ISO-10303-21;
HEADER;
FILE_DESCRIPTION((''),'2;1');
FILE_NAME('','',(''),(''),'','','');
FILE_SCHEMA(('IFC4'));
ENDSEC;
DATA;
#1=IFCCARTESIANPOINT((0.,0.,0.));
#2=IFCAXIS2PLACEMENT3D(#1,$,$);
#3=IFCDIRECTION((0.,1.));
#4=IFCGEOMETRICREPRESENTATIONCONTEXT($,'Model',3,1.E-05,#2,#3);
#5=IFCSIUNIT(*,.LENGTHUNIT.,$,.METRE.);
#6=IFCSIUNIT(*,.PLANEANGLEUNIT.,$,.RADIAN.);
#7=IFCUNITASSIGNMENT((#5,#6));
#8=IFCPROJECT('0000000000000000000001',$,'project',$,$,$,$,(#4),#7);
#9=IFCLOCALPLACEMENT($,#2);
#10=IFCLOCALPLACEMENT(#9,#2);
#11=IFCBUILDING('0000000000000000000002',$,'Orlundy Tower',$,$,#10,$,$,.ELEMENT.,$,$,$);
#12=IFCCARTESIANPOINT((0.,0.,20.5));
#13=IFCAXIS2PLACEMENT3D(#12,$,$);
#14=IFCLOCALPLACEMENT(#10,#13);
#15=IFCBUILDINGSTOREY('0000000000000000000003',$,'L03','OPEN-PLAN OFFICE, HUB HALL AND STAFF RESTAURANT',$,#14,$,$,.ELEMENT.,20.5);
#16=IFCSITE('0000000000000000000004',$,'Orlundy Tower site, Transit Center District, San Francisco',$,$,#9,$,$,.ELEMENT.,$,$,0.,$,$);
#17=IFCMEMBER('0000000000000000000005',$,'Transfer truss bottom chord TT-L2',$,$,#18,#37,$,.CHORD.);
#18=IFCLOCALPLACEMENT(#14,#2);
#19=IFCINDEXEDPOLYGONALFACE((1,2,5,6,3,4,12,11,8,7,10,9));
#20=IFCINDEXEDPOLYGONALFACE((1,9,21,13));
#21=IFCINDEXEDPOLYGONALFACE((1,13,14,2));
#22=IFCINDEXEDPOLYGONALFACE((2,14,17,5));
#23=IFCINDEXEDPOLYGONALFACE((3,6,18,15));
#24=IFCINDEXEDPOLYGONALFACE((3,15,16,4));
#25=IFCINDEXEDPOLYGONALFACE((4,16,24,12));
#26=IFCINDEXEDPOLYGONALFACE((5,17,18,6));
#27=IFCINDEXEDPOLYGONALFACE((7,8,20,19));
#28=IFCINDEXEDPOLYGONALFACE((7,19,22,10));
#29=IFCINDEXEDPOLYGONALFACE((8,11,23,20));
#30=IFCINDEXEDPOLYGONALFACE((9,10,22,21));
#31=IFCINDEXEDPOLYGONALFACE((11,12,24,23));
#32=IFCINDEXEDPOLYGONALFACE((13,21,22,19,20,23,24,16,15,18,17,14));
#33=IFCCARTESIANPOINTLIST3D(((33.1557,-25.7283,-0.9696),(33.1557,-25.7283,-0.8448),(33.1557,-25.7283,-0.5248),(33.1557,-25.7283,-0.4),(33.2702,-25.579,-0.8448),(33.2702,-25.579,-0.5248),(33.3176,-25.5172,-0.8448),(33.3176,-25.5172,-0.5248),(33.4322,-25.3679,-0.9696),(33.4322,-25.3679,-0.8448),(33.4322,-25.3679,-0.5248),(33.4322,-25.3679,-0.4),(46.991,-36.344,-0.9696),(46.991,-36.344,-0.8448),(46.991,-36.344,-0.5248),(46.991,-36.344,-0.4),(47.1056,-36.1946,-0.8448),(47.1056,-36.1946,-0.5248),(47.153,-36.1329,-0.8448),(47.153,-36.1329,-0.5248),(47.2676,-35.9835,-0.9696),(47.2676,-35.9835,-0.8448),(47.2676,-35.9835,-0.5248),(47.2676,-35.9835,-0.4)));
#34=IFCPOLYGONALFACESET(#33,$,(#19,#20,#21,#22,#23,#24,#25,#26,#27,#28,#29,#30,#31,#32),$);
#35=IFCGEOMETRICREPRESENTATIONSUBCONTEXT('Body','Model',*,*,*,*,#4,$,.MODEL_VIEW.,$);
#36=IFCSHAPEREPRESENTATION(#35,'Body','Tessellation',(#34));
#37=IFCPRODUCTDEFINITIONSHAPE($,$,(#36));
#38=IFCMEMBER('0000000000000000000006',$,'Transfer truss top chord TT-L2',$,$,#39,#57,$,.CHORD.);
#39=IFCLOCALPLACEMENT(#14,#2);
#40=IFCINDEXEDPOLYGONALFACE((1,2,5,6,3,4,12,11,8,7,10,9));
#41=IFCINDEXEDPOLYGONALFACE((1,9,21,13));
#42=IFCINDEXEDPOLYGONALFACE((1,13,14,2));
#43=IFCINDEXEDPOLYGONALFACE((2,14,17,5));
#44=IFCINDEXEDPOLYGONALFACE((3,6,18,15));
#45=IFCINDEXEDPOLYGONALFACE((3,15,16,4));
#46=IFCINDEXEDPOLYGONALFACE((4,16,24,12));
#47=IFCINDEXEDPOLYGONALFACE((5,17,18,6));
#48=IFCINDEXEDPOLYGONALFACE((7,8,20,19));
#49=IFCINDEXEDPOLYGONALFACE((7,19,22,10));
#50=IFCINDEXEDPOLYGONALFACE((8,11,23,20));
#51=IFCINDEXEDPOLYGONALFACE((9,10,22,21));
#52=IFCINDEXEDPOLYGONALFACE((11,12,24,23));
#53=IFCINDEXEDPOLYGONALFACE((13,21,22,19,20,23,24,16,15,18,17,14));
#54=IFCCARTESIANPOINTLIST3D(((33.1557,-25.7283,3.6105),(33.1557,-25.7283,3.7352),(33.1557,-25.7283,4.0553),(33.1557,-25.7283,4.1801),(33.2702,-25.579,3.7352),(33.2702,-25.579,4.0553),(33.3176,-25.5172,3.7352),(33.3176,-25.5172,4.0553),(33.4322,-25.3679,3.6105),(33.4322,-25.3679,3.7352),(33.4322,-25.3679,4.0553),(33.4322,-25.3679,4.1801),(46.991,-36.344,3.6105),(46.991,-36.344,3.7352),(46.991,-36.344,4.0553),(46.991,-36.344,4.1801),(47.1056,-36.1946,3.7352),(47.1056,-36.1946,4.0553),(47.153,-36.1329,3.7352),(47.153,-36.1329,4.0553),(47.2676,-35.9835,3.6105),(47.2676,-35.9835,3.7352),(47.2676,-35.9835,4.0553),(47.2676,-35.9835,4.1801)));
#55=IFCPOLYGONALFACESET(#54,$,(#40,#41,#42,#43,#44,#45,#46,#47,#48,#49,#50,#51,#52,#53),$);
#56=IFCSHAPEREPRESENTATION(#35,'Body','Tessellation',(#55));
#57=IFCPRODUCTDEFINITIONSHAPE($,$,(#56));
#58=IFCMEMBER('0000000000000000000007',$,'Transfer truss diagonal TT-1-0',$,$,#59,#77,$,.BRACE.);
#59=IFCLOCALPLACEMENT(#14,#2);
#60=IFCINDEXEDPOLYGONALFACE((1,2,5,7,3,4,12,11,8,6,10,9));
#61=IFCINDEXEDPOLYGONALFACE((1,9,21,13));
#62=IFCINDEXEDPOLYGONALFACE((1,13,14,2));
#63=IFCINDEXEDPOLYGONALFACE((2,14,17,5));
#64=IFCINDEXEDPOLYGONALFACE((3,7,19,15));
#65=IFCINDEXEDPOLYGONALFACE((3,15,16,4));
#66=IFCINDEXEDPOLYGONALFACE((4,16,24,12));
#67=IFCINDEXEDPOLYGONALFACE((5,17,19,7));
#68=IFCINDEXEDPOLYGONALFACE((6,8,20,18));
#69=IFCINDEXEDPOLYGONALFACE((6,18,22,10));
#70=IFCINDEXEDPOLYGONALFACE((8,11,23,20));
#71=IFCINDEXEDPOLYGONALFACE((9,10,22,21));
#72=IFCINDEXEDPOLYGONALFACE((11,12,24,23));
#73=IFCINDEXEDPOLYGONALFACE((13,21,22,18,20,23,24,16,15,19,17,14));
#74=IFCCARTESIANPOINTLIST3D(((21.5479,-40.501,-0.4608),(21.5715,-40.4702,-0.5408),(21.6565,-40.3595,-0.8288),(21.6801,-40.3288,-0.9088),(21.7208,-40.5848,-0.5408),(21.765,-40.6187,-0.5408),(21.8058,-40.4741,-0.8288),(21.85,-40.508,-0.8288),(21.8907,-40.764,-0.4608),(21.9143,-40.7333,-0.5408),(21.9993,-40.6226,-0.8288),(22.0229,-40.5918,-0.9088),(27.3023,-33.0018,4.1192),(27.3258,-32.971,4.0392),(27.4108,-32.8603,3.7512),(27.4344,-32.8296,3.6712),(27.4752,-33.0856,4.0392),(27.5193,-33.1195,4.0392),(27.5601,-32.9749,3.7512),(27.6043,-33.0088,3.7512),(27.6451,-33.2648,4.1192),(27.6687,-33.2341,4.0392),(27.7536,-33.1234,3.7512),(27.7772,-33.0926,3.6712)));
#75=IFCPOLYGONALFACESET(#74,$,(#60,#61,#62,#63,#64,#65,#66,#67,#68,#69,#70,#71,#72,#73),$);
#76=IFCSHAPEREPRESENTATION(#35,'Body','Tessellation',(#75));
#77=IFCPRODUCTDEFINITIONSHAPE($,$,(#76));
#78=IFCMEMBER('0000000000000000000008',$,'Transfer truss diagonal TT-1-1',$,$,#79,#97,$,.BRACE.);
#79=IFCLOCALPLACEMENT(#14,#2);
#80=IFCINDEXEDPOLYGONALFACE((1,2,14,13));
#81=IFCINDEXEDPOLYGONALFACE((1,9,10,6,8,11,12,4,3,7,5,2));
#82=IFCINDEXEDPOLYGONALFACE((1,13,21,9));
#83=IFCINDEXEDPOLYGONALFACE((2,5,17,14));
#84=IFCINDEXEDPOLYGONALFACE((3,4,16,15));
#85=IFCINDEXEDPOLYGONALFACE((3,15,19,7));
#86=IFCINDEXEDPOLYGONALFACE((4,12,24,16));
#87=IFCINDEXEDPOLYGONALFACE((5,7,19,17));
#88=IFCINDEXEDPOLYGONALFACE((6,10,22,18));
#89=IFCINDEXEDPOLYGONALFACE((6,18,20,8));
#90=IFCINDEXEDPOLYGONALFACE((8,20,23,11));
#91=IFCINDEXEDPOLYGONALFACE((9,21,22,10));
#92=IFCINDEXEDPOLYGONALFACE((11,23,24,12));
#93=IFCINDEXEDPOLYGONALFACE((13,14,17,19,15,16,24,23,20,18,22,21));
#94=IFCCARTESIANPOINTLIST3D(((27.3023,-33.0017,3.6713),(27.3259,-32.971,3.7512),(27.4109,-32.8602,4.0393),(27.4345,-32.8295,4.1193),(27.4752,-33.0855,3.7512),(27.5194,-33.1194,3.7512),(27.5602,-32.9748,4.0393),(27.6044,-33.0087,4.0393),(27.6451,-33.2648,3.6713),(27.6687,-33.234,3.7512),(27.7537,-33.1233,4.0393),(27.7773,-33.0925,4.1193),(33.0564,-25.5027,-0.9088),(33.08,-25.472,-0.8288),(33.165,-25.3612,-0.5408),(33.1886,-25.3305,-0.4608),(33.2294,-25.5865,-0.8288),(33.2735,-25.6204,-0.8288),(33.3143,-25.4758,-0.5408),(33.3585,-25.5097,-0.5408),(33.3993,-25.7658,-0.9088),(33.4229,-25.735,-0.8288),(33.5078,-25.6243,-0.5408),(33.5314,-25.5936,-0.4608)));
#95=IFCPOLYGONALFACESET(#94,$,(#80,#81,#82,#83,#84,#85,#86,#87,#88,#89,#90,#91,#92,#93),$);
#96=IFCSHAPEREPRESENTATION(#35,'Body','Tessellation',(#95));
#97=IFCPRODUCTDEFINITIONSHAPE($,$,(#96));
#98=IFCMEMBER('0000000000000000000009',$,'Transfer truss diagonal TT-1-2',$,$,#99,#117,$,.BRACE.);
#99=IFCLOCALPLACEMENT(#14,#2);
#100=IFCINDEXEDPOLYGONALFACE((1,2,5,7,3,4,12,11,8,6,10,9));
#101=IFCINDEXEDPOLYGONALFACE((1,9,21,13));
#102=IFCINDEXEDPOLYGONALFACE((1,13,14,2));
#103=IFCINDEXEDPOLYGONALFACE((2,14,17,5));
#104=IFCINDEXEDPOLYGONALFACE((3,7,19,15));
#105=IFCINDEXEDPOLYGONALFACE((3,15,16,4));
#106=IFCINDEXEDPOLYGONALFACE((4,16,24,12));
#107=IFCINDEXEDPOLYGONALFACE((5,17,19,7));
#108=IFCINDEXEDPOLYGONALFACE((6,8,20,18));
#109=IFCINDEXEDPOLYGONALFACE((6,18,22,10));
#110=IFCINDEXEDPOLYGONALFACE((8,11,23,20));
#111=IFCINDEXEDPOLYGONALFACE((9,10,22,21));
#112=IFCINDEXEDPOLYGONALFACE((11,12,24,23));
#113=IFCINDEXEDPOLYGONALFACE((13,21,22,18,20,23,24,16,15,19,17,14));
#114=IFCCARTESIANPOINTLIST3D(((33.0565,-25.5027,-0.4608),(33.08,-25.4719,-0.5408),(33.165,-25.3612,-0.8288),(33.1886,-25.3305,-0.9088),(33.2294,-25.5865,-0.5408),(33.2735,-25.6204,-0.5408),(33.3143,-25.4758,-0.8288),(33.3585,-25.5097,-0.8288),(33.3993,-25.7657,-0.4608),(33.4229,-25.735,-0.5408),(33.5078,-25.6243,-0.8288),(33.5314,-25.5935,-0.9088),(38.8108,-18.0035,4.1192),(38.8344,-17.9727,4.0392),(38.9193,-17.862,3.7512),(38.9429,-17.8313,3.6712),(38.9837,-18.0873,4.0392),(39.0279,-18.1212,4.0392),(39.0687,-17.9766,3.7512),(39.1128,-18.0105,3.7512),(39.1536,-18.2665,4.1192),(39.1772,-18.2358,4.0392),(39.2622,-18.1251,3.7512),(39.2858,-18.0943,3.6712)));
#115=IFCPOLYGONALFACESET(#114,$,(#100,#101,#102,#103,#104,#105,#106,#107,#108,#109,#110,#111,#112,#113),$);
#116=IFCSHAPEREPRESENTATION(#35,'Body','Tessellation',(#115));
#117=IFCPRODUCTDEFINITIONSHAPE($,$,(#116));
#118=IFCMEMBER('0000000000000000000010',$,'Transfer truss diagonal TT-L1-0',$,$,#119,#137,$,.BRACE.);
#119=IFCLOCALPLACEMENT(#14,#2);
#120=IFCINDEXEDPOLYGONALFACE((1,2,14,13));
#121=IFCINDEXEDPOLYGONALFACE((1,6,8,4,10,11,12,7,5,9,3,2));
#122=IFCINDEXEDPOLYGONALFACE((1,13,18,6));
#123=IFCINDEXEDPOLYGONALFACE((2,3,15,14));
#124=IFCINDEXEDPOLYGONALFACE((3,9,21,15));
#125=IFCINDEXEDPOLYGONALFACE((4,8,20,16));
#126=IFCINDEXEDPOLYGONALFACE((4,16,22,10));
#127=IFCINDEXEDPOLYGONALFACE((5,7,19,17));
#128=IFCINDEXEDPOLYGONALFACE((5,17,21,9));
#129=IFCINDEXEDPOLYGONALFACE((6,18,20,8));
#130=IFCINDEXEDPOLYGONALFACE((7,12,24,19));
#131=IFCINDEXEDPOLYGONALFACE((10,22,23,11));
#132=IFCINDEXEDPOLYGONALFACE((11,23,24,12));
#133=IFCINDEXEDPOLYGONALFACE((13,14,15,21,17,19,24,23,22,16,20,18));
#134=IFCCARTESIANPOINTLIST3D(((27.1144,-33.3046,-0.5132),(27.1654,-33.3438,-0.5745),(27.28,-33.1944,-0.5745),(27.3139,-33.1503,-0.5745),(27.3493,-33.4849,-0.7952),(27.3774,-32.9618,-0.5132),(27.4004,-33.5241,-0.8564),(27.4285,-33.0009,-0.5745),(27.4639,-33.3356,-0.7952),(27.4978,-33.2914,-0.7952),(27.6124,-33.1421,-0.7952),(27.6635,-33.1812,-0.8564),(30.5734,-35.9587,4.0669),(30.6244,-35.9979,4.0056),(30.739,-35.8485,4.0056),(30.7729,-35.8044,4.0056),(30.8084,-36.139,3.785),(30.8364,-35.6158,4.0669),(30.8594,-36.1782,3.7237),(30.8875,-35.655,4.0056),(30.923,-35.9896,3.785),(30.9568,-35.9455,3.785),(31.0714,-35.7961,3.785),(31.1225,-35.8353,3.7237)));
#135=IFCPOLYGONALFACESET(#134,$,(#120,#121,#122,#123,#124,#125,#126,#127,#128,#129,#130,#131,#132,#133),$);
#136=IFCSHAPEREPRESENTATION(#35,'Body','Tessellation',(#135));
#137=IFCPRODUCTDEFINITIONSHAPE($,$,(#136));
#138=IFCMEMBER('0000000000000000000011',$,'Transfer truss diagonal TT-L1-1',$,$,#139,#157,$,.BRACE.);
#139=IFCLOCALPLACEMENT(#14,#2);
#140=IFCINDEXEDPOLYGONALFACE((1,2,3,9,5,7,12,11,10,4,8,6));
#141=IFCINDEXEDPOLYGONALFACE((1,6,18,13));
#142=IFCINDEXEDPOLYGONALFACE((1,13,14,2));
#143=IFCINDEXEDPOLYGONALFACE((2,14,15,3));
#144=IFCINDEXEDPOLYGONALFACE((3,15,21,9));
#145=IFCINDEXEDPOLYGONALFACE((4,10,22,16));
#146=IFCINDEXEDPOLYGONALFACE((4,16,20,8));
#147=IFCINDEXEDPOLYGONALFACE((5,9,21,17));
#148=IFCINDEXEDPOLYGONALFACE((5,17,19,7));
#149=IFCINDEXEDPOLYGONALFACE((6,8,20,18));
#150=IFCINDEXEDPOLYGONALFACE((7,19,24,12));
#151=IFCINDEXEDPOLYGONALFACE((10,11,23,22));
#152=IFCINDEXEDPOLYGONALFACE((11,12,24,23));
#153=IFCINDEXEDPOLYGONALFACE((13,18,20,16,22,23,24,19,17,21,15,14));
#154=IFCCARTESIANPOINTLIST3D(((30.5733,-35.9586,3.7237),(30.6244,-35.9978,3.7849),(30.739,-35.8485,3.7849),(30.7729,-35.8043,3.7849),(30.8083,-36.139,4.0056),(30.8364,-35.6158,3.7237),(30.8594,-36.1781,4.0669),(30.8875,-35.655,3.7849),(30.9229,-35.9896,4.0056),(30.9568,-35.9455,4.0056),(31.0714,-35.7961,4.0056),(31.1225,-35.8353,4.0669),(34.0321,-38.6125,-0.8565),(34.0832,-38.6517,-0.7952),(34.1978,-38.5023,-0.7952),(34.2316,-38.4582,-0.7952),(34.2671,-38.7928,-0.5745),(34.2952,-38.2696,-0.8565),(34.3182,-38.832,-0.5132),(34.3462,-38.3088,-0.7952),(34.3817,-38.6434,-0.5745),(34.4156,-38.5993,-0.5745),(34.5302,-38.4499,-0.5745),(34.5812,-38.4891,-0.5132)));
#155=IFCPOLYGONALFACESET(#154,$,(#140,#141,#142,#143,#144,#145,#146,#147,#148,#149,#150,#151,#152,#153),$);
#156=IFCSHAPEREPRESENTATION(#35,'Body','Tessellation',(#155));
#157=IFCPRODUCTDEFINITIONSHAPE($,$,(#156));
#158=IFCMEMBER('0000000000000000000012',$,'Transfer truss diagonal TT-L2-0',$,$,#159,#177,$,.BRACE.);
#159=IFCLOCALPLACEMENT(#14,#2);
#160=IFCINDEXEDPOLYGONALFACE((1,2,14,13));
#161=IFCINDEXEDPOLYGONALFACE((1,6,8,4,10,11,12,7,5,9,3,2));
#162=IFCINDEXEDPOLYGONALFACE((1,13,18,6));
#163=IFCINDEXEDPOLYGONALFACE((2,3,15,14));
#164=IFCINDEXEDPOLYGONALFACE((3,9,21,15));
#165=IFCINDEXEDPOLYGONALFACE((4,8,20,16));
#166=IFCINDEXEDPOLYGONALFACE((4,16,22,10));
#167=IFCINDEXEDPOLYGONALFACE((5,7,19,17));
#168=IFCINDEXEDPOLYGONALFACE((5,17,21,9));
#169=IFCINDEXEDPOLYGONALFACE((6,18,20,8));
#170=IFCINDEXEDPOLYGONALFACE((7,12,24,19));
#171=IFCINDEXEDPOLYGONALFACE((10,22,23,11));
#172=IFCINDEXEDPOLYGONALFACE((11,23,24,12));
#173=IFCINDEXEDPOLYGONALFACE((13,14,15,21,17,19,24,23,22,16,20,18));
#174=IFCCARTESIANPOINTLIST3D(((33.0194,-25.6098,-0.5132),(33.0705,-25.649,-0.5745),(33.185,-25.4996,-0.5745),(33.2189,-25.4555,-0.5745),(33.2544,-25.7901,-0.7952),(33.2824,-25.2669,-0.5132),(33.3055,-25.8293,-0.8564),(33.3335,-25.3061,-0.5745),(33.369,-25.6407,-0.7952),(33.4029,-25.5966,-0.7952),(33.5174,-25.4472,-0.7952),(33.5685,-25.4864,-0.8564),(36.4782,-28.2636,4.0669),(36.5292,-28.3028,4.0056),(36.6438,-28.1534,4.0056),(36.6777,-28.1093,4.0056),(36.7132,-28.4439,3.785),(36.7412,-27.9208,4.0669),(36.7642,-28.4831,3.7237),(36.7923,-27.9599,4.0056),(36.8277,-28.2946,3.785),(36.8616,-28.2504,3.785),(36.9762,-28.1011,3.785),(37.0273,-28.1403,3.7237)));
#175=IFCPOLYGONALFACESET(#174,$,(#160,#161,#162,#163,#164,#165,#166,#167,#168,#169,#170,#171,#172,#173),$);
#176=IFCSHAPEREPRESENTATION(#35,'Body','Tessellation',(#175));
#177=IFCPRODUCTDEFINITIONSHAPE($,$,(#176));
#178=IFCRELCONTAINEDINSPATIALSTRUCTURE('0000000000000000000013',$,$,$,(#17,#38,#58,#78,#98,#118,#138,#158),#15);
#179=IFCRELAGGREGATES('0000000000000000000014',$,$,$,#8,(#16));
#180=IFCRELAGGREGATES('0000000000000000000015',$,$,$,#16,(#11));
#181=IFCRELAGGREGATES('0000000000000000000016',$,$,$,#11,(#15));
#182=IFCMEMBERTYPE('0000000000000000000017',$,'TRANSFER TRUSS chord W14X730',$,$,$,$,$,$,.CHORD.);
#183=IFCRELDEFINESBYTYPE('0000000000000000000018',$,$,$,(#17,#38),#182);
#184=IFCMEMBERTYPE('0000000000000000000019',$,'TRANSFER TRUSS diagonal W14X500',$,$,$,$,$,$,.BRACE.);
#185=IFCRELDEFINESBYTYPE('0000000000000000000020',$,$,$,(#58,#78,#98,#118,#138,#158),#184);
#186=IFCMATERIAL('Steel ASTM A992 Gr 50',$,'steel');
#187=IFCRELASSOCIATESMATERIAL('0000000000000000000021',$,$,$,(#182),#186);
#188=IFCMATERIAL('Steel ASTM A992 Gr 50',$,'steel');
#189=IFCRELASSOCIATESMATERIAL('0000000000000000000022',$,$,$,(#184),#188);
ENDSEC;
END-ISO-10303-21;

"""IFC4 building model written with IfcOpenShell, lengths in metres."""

from ifc_helpers import new_model, si_unit, direction, frame, origin, origin_2d, place, context, subcontext, project, spatial, i_section, extrude, material, material_profile, profile_set, type_object, element, save


model = new_model("IFC4")

# Units and contexts
model_context = context("Model", 3, precision=1e-05, world=origin(), true_north=direction((0.0, 1.0)))
body_context = subcontext(model_context, "Body", "Model", "MODEL_VIEW")
ifc_project = project(units=[si_unit("LENGTHUNIT", "METRE"), si_unit("PLANEANGLEUNIT", "RADIAN")], contexts=[model_context])

# Site, building, storey
site_placement = place(None, origin())
site = spatial("IfcSite", under=ifc_project, at=site_placement, Name="Orlundy Tower site, Transit Center District, San Francisco", CompositionType="ELEMENT", RefElevation=0.0)
building_placement = place(site_placement, origin())
building = spatial("IfcBuilding", under=site, at=building_placement, Name="Orlundy Tower", CompositionType="ELEMENT")
storey_placement = place(building_placement, frame((0.0, 0.0, 20.5)))
storey = spatial("IfcBuildingStorey", under=building, at=storey_placement, Name="L03", Description="OPEN-PLAN OFFICE, HUB HALL AND STAFF RESTAURANT", CompositionType="ELEMENT", Elevation=20.5)

# Members
ifc_material_1 = material(Name="Steel ASTM A992 Gr 50", Category="steel")
ifc_material_profile_1 = material_profile(ifc_material_1, i_section(OverallWidth=0.4543, OverallDepth=0.5696, WebThickness=0.0779, FlangeThickness=0.1248, at=origin_2d()), Name="W14X730")
ifc_profile_set_1 = profile_set([ifc_material_profile_1], Name="Steel ASTM A992 Gr 50")
member_type_1 = type_object("IfcMemberType", Name="TRANSFER TRUSS chord W14X730", PredefinedType="CHORD", material=ifc_profile_set_1)
for number, where, z_axis, x_axis, name in (
    (1, (33.2939, -25.5481, -0.6848), (0.79337, -0.60874, 0.0), (0.60874, 0.79337, 0.0), "Transfer truss bottom chord TT-L2"),
    (2, (33.2939, -25.5481, 3.8953), (0.79337, -0.60874, 0.0), (0.60874, 0.79337, 0.0), "Transfer truss top chord TT-L2"),
):
    element("IfcMember", number, at=place(storey_placement, frame(where, z_axis=z_axis, x_axis=x_axis)), inside=storey, type_object=member_type_1, Name=name, PredefinedType="CHORD", context=body_context, shape_type="SweptSolid", body=[
        extrude(i_section(OverallWidth=0.4543, OverallDepth=0.5696, WebThickness=0.0779, FlangeThickness=0.1248, at=origin_2d()), origin(), (0.0, 0.0, 1.0), 17.4387),
    ])
ifc_material_2 = material(Name="Steel ASTM A992 Gr 50", Category="steel")
ifc_material_profile_2 = material_profile(ifc_material_2, i_section(OverallWidth=0.4321, OverallDepth=0.4978, WebThickness=0.0557, FlangeThickness=0.0889, at=origin_2d()), Name="W14X500")
ifc_profile_set_2 = profile_set([ifc_material_profile_2], Name="Steel ASTM A992 Gr 50")
member_type_2 = type_object("IfcMemberType", Name="TRANSFER TRUSS diagonal W14X500", PredefinedType="BRACE", material=ifc_profile_set_2)
member_1_placement = place(storey_placement, frame((21.7854, -40.5464, -0.6848), z_axis=(0.547841, 0.71396, 0.436041), x_axis=(-0.793353, 0.608762, 0.0)))
element("IfcMember", 3, at=member_1_placement, inside=storey, type_object=member_type_2, Name="Transfer truss diagonal TT-1-0", PredefinedType="BRACE", context=body_context, shape_type="SweptSolid", body=[
    extrude(i_section(OverallWidth=0.4321, OverallDepth=0.4978, WebThickness=0.0557, FlangeThickness=0.0889, at=origin_2d()), origin(), (0.0, 0.0, 1.0), 10.5037),
])
member_2_placement = place(storey_placement, frame((27.5398, -33.0471, 3.8953), z_axis=(0.547834, 0.713957, -0.436054), x_axis=(-0.793356, 0.608758, 0.0)))
element("IfcMember", 4, at=member_2_placement, inside=storey, type_object=member_type_2, Name="Transfer truss diagonal TT-1-1", PredefinedType="BRACE", context=body_context, shape_type="SweptSolid", body=[
    extrude(i_section(OverallWidth=0.4321, OverallDepth=0.4978, WebThickness=0.0557, FlangeThickness=0.0889, at=origin_2d()), origin(), (0.0, 0.0, 1.0), 10.5034),
])
member_3_placement = place(storey_placement, frame((33.2939, -25.5481, -0.6848), z_axis=(0.547841, 0.71396, 0.436041), x_axis=(-0.793353, 0.608762, 0.0)))
element("IfcMember", 5, at=member_3_placement, inside=storey, type_object=member_type_2, Name="Transfer truss diagonal TT-1-2", PredefinedType="BRACE", context=body_context, shape_type="SweptSolid", body=[
    extrude(i_section(OverallWidth=0.4321, OverallDepth=0.4978, WebThickness=0.0557, FlangeThickness=0.0889, at=origin_2d()), origin(), (0.0, 0.0, 1.0), 10.5037),
])
member_4_placement = place(storey_placement, frame((27.3889, -33.2429, -0.6848), z_axis=(0.547011, -0.419718, 0.724304), x_axis=(0.608744, 0.793367, 0.0)))
element("IfcMember", 6, at=member_4_placement, inside=storey, type_object=member_type_2, Name="Transfer truss diagonal TT-L1-0", PredefinedType="BRACE", context=body_context, shape_type="SweptSolid", body=[
    extrude(i_section(OverallWidth=0.4321, OverallDepth=0.4978, WebThickness=0.0557, FlangeThickness=0.0889, at=origin_2d()), origin(), (0.0, 0.0, 1.0), 6.3235),
])
for number, where, z_axis, x_axis, name in (
    (7, (30.8479, -35.897, 3.8953), (0.546993, -0.419695, -0.724331), (0.608736, 0.793373, 0.0), "Transfer truss diagonal TT-L1-1"),
    (8, (33.2939, -25.5481, -0.6848), (0.546993, -0.419695, 0.724331), (0.608736, 0.793373, 0.0), "Transfer truss diagonal TT-L2-0"),
):
    element("IfcMember", number, at=place(storey_placement, frame(where, z_axis=z_axis, x_axis=x_axis)), inside=storey, type_object=member_type_2, Name=name, PredefinedType="BRACE", context=body_context, shape_type="SweptSolid", body=[
        extrude(i_section(OverallWidth=0.4321, OverallDepth=0.4978, WebThickness=0.0557, FlangeThickness=0.0889, at=origin_2d()), origin(), (0.0, 0.0, 1.0), 6.3232),
    ])

save(model, "model.ifc")
